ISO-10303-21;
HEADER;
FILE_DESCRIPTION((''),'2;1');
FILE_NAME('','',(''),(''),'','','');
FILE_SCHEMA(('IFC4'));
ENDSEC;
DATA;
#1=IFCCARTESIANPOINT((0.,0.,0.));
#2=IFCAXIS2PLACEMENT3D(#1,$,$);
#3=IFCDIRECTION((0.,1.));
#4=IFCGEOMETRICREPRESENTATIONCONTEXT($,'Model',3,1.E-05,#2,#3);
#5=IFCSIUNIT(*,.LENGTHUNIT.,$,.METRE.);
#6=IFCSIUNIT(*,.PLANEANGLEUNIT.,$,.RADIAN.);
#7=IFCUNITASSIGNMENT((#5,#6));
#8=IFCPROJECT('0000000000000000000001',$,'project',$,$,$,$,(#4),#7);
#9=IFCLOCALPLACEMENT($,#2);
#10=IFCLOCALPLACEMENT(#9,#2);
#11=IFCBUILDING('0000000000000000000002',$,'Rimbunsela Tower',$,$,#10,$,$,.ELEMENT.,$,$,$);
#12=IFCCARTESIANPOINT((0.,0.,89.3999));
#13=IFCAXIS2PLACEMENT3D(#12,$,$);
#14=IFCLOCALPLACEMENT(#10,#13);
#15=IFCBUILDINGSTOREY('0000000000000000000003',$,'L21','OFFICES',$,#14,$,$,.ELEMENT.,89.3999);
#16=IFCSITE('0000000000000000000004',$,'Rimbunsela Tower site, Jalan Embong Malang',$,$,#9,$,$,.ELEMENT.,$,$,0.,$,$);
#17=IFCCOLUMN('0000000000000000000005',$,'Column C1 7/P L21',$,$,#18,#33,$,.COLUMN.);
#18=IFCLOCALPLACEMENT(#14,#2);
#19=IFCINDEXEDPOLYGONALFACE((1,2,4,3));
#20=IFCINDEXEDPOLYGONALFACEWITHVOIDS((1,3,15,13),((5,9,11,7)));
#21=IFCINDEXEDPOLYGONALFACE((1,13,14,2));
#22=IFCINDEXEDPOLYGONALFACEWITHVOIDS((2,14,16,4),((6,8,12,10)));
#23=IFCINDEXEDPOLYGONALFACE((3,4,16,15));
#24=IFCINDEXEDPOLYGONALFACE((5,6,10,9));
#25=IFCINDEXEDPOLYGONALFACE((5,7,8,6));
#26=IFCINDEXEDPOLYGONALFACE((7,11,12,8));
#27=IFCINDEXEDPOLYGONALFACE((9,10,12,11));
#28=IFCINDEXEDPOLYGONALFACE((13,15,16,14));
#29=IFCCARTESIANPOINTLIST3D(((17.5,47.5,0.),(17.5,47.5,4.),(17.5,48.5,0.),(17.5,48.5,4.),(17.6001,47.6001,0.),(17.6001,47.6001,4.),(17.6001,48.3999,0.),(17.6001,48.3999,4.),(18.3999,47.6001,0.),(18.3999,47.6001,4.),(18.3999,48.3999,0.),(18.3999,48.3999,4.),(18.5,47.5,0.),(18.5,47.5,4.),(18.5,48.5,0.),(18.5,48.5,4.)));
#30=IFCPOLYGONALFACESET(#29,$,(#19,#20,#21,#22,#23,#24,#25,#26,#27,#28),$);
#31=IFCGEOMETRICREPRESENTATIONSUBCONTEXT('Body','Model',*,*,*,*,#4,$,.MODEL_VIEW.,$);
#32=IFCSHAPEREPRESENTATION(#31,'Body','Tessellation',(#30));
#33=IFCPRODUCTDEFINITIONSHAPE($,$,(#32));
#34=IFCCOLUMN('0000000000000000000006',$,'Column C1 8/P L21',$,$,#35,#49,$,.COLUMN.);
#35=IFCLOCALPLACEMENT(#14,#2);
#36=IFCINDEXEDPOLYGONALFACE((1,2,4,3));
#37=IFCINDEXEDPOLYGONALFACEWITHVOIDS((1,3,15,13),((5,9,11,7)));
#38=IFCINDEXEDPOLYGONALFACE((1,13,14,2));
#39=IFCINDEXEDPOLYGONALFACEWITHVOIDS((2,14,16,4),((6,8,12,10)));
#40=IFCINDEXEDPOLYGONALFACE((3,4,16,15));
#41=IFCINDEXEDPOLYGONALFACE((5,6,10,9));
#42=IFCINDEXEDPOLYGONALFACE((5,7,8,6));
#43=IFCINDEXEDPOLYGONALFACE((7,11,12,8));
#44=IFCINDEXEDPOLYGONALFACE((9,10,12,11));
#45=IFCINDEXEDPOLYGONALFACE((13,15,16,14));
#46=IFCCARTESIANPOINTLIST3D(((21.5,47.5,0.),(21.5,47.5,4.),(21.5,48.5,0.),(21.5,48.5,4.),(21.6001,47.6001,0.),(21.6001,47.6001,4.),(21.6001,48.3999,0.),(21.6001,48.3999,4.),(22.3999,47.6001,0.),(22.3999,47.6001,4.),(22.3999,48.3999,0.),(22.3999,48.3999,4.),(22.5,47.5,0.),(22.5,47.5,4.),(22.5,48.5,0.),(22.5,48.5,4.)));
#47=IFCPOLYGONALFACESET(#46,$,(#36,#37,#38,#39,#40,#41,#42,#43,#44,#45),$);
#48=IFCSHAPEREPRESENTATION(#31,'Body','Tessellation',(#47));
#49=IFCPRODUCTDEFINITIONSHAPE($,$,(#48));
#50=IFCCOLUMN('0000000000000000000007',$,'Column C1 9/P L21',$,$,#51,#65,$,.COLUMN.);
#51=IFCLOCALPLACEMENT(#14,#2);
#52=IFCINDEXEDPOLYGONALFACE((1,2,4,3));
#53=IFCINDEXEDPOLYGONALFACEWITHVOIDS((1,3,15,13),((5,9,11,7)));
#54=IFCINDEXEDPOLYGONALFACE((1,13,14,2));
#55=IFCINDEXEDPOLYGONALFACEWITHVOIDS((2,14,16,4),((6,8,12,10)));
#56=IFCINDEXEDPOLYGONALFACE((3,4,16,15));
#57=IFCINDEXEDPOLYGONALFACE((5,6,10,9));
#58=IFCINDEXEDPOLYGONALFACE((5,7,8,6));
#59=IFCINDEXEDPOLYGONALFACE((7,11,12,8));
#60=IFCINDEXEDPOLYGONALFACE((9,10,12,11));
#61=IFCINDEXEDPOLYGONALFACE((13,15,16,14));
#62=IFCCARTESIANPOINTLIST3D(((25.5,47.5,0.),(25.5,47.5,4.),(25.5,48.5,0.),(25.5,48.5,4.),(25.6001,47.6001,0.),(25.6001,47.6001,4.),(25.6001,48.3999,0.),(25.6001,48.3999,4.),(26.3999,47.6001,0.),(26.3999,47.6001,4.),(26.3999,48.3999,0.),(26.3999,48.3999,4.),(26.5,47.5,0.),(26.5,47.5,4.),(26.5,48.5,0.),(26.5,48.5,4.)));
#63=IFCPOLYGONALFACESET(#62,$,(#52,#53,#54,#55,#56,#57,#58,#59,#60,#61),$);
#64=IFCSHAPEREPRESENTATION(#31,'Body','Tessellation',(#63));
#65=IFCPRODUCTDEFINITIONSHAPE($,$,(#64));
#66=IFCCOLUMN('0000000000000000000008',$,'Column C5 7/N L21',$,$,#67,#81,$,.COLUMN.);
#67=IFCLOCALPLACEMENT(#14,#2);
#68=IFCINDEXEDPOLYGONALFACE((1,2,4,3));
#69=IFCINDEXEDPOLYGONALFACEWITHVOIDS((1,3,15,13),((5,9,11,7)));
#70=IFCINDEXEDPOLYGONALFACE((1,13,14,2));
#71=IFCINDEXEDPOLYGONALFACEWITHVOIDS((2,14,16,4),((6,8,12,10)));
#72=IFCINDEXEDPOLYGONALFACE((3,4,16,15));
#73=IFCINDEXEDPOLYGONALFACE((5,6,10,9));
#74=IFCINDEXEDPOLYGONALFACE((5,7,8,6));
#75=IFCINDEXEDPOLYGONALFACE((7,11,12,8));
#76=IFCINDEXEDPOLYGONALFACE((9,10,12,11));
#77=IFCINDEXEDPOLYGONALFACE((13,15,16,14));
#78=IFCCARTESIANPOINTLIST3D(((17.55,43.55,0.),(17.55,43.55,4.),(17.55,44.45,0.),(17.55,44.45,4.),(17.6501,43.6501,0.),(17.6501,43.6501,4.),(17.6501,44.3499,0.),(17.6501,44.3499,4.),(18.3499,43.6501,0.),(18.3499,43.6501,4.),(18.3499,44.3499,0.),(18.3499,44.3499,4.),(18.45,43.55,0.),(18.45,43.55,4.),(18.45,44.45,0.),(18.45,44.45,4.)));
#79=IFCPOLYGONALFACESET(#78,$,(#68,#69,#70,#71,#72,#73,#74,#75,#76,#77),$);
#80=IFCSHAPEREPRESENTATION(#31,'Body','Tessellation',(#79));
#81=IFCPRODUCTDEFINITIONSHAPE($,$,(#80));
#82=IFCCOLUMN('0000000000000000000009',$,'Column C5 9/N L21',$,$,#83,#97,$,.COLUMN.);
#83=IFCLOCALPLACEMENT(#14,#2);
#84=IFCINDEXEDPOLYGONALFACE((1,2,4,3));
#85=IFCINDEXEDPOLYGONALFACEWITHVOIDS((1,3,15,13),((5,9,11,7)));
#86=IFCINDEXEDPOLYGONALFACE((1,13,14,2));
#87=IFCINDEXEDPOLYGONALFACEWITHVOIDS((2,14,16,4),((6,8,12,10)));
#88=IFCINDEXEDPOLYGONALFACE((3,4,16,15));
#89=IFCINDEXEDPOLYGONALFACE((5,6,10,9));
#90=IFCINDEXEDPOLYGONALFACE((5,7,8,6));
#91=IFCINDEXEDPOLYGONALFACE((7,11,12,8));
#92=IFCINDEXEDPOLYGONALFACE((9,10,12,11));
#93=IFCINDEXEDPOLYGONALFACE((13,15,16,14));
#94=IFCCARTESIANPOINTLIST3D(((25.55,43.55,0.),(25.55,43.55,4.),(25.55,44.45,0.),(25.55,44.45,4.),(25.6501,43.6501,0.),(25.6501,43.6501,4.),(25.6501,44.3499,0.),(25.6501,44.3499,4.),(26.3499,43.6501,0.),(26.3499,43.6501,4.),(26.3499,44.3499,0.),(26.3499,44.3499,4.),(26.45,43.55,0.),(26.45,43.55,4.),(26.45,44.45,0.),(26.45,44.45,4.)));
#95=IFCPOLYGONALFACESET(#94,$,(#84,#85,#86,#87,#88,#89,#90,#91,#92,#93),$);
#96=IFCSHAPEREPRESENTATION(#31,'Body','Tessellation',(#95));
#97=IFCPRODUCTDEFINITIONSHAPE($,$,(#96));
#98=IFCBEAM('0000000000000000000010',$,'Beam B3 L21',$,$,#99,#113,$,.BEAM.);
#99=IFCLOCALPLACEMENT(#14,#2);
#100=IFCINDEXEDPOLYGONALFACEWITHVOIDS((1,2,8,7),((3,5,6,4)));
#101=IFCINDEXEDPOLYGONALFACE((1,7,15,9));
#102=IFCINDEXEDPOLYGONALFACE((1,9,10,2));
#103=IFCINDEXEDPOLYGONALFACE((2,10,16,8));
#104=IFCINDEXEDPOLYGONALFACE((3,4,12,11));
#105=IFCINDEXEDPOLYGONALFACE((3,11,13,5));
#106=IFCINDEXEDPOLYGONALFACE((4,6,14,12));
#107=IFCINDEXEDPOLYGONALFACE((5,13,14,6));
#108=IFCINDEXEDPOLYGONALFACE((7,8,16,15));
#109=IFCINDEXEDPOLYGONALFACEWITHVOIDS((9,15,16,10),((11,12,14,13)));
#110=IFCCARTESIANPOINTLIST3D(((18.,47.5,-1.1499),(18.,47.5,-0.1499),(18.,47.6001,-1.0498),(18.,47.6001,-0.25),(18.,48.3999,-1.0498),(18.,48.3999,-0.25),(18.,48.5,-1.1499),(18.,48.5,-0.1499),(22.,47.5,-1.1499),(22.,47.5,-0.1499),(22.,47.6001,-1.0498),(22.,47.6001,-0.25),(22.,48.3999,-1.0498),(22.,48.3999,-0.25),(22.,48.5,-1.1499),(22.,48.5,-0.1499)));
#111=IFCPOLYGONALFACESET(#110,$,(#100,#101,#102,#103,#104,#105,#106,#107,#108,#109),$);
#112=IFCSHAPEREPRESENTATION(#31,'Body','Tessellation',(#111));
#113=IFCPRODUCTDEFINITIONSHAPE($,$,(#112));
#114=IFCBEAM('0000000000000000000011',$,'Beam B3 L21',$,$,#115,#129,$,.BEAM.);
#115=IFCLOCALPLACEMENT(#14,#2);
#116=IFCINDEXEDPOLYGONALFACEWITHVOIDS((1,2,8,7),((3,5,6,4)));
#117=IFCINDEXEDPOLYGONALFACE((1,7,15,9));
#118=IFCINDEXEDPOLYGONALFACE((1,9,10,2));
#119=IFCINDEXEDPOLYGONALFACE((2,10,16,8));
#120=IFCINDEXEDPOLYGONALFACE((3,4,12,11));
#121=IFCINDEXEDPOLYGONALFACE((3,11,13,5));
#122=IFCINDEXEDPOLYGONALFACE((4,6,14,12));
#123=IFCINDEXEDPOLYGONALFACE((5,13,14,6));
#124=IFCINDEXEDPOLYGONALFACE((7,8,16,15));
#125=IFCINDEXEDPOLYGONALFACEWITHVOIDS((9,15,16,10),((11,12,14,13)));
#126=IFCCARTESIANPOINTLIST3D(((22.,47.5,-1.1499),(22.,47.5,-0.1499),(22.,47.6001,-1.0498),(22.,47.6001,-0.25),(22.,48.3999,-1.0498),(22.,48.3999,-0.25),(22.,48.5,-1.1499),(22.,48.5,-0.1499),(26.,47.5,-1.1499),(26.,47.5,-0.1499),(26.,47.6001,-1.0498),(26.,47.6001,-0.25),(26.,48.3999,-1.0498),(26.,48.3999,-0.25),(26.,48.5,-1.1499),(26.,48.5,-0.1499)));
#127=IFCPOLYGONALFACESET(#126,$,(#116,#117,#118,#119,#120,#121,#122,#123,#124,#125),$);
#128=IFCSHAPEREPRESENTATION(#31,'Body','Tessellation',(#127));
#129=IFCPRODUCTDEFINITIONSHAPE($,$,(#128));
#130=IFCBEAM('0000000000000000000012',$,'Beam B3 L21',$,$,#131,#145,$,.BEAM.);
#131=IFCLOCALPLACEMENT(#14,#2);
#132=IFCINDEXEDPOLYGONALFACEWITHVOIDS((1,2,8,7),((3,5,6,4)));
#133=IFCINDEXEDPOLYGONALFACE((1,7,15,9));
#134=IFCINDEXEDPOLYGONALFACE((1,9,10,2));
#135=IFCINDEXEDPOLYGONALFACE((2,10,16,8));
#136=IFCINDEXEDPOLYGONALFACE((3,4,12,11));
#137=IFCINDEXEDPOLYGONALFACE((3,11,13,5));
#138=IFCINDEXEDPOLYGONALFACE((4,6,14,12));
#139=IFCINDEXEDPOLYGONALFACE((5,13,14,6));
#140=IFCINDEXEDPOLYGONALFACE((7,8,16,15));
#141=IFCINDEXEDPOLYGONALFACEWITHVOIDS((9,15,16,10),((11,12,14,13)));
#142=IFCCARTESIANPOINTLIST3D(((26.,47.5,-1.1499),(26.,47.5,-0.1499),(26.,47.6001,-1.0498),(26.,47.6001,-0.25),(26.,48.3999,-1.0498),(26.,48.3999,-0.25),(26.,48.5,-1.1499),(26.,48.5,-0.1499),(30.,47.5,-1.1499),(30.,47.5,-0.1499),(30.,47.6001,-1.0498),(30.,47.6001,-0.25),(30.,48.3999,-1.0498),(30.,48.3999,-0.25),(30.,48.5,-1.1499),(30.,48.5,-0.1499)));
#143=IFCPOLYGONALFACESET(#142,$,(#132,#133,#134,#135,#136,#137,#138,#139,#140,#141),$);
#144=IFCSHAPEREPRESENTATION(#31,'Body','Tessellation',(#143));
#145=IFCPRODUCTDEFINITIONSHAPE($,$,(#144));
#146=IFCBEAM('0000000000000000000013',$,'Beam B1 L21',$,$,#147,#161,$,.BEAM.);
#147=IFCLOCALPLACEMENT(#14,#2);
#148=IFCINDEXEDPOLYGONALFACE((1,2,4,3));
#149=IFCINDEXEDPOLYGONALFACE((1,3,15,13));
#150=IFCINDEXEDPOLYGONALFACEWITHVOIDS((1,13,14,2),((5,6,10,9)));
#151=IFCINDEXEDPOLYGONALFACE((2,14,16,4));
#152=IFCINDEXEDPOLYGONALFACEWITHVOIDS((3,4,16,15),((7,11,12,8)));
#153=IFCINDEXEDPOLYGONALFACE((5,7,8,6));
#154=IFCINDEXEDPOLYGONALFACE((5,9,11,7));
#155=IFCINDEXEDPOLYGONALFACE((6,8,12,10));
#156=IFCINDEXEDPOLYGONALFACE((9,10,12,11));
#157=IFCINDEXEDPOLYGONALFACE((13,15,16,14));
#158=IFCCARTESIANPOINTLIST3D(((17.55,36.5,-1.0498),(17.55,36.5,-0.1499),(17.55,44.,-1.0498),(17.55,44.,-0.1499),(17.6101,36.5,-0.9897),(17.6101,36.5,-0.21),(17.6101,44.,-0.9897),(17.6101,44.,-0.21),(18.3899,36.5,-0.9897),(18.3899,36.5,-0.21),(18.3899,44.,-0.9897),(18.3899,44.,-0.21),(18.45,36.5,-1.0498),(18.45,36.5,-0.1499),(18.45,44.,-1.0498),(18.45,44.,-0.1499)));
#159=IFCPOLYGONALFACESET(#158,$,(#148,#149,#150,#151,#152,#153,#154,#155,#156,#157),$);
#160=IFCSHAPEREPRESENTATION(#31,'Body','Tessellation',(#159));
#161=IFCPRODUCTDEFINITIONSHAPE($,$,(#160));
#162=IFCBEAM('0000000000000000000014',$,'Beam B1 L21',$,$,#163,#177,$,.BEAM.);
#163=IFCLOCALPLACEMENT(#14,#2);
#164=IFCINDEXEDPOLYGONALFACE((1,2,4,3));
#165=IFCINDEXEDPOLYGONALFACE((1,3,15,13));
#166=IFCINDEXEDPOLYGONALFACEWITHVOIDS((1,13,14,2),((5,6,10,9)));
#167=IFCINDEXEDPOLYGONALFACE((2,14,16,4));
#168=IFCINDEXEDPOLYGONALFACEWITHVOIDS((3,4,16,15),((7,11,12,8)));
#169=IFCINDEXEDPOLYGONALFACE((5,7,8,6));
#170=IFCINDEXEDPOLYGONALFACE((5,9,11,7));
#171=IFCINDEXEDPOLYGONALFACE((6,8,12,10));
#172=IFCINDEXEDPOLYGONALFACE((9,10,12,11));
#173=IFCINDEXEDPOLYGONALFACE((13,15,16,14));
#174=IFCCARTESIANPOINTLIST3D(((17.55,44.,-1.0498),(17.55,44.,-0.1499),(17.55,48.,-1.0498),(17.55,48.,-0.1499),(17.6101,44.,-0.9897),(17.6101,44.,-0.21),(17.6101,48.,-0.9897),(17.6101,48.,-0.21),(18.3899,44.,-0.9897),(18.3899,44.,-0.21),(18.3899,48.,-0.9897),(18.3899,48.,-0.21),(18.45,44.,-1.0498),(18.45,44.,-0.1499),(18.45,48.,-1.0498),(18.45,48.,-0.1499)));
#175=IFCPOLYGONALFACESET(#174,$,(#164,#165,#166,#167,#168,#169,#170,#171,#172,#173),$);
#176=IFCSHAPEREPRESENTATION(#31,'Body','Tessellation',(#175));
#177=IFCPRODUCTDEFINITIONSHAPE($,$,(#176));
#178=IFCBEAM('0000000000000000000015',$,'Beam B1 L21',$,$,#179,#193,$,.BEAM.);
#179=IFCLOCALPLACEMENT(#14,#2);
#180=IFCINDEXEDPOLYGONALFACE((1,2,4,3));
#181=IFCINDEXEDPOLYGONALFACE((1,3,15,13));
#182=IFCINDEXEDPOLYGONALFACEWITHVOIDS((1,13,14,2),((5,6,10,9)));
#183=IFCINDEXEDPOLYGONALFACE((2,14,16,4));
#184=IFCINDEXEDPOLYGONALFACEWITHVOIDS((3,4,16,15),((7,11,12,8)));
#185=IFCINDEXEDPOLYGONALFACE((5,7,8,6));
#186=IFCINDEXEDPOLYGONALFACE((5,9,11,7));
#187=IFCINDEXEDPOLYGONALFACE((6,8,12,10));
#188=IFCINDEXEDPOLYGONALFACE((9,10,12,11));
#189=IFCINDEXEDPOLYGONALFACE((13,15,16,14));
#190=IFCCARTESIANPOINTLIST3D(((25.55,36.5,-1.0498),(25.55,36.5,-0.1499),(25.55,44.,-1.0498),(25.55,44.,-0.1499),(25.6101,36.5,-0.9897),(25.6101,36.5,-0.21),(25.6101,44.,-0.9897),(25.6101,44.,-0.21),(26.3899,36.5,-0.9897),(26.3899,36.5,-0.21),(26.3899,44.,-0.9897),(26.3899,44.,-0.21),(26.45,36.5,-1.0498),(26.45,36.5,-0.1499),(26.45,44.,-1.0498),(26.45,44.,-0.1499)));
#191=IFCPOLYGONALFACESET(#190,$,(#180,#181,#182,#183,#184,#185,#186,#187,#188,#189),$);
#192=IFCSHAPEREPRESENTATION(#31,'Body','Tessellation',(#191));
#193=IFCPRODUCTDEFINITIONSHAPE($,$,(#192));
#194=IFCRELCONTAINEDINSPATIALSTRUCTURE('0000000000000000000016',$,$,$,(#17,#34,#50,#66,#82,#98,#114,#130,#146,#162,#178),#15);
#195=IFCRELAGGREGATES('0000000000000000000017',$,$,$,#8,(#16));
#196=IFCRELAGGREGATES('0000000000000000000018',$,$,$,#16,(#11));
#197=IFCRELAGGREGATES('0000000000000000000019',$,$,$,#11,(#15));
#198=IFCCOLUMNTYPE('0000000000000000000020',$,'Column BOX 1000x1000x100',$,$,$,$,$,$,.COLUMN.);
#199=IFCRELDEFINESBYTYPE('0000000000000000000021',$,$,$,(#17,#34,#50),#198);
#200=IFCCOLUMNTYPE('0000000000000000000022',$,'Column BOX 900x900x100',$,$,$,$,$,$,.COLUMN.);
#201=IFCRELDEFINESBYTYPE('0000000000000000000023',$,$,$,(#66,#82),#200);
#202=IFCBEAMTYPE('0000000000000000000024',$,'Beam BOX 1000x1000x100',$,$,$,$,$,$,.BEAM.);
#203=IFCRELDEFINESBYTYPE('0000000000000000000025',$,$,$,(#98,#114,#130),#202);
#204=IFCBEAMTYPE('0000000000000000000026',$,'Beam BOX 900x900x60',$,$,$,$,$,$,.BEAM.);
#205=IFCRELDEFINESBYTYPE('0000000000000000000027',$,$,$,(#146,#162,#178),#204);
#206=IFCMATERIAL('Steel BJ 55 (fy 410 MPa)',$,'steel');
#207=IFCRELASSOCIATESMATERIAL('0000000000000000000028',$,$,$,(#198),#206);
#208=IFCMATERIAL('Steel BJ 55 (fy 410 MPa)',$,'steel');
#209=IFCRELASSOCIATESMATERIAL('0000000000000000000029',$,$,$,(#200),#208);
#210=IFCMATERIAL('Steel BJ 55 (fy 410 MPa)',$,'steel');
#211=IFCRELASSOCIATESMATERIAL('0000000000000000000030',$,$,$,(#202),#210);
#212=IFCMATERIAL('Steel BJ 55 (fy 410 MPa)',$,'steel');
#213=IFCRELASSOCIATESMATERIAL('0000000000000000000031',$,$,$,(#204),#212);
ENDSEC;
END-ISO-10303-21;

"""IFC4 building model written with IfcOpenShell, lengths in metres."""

from ifc_helpers import new_model, si_unit, direction, frame, origin, origin_2d, place, context, subcontext, project, spatial, hollow_rectangle, extrude, material, material_profile, profile_set, type_object, element, save


model = new_model("IFC4")

# Units and contexts
model_context = context("Model", 3, precision=1e-05, world=origin(), true_north=direction((0.0, 1.0)))
body_context = subcontext(model_context, "Body", "Model", "MODEL_VIEW")
ifc_project = project(units=[si_unit("LENGTHUNIT", "METRE"), si_unit("PLANEANGLEUNIT", "RADIAN")], contexts=[model_context])

# Site, building, storey
site_placement = place(None, origin())
site = spatial("IfcSite", under=ifc_project, at=site_placement, Name="Rimbunsela Tower site, Jalan Embong Malang", CompositionType="ELEMENT", RefElevation=0.0)
building_placement = place(site_placement, origin())
building = spatial("IfcBuilding", under=site, at=building_placement, Name="Rimbunsela Tower", CompositionType="ELEMENT")
storey_placement = place(building_placement, frame((0.0, 0.0, 89.3999)))
storey = spatial("IfcBuildingStorey", under=building, at=storey_placement, Name="L21", Description="OFFICES", CompositionType="ELEMENT", Elevation=89.3999)

# Columns
ifc_material_1 = material(Name="Steel BJ 55 (fy 410 MPa)", Category="steel")
ifc_material_profile_1 = material_profile(ifc_material_1, hollow_rectangle(XDim=1.0, YDim=1.0, WallThickness=0.1001, at=origin_2d()), Name="BOX 1000x1000x100")
ifc_profile_set_1 = profile_set([ifc_material_profile_1], Name="Steel BJ 55 (fy 410 MPa)")
column_type_1 = type_object("IfcColumnType", Name="Column BOX 1000x1000x100", PredefinedType="COLUMN", material=ifc_profile_set_1)
for number, where, z_axis, x_axis, name in (
    (1, (18.0, 48.0, 0.0), (0.0, 0.0, 1.0), (1.0, 0.0, 0.0), "Column C1 7/P L21"),
    (2, (22.0, 48.0, 0.0), (0.0, 0.0, 1.0), (1.0, 0.0, 0.0), "Column C1 8/P L21"),
    (3, (26.0, 48.0, 0.0), (0.0, 0.0, 1.0), (1.0, 0.0, 0.0), "Column C1 9/P L21"),
):
    element("IfcColumn", number, at=place(storey_placement, frame(where, z_axis=z_axis, x_axis=x_axis)), inside=storey, type_object=column_type_1, Name=name, PredefinedType="COLUMN", context=body_context, shape_type="SweptSolid", body=[
        extrude(hollow_rectangle(XDim=1.0, YDim=1.0, WallThickness=0.1001, at=origin_2d()), origin(), (0.0, 0.0, 1.0), 4.0),
    ])
ifc_material_2 = material(Name="Steel BJ 55 (fy 410 MPa)", Category="steel")
ifc_material_profile_2 = material_profile(ifc_material_2, hollow_rectangle(XDim=0.8999, YDim=0.8999, WallThickness=0.1001, at=origin_2d()), Name="BOX 900x900x100")
ifc_profile_set_2 = profile_set([ifc_material_profile_2], Name="Steel BJ 55 (fy 410 MPa)")
column_type_2 = type_object("IfcColumnType", Name="Column BOX 900x900x100", PredefinedType="COLUMN", material=ifc_profile_set_2)
for number, where, z_axis, x_axis, name in (
    (4, (18.0, 44.0, 0.0), (0.0, 0.0, 1.0), (1.0, 0.0, 0.0), "Column C5 7/N L21"),
    (5, (26.0, 44.0, 0.0), (0.0, 0.0, 1.0), (1.0, 0.0, 0.0), "Column C5 9/N L21"),
):
    element("IfcColumn", number, at=place(storey_placement, frame(where, z_axis=z_axis, x_axis=x_axis)), inside=storey, type_object=column_type_2, Name=name, PredefinedType="COLUMN", context=body_context, shape_type="SweptSolid", body=[
        extrude(hollow_rectangle(XDim=0.8999, YDim=0.8999, WallThickness=0.1001, at=origin_2d()), origin(), (0.0, 0.0, 1.0), 4.0),
    ])

# Beams
ifc_material_3 = material(Name="Steel BJ 55 (fy 410 MPa)", Category="steel")
ifc_material_profile_3 = material_profile(ifc_material_3, hollow_rectangle(XDim=1.0, YDim=1.0, WallThickness=0.1001, at=origin_2d()), Name="BOX 1000x1000x100")
ifc_profile_set_3 = profile_set([ifc_material_profile_3], Name="Steel BJ 55 (fy 410 MPa)")
beam_type_1 = type_object("IfcBeamType", Name="Beam BOX 1000x1000x100", PredefinedType="BEAM", material=ifc_profile_set_3)
for number, where, z_axis, x_axis, name in (
    (6, (18.0, 48.0, -0.6499), (1.0, 0.0, 0.0), (0.0, 1.0, 0.0), "Beam B3 L21"),
    (7, (22.0, 48.0, -0.6499), (1.0, 0.0, 0.0), (0.0, 1.0, 0.0), "Beam B3 L21"),
    (8, (26.0, 48.0, -0.6499), (1.0, 0.0, 0.0), (0.0, 1.0, 0.0), "Beam B3 L21"),
):
    element("IfcBeam", number, at=place(storey_placement, frame(where, z_axis=z_axis, x_axis=x_axis)), inside=storey, type_object=beam_type_1, Name=name, PredefinedType="BEAM", context=body_context, shape_type="SweptSolid", body=[
        extrude(hollow_rectangle(XDim=1.0, YDim=1.0, WallThickness=0.1001, at=origin_2d()), origin(), (0.0, 0.0, 1.0), 4.0),
    ])
ifc_material_4 = material(Name="Steel BJ 55 (fy 410 MPa)", Category="steel")
ifc_material_profile_4 = material_profile(ifc_material_4, hollow_rectangle(XDim=0.8999, YDim=0.8999, WallThickness=0.0601, at=origin_2d()), Name="BOX 900x900x60")
ifc_profile_set_4 = profile_set([ifc_material_profile_4], Name="Steel BJ 55 (fy 410 MPa)")
beam_type_2 = type_object("IfcBeamType", Name="Beam BOX 900x900x60", PredefinedType="BEAM", material=ifc_profile_set_4)
beam_1_placement = place(storey_placement, frame((18.0, 36.5, -0.5999), z_axis=(0.0, 1.0, 0.0), x_axis=(-1.0, 0.0, 0.0)))
element("IfcBeam", 9, at=beam_1_placement, inside=storey, type_object=beam_type_2, Name="Beam B1 L21", PredefinedType="BEAM", context=body_context, shape_type="SweptSolid", body=[
    extrude(hollow_rectangle(XDim=0.8999, YDim=0.8999, WallThickness=0.0601, at=origin_2d()), origin(), (0.0, 0.0, 1.0), 7.5),
])
beam_2_placement = place(storey_placement, frame((18.0, 44.0, -0.5999), z_axis=(0.0, 1.0, 0.0), x_axis=(-1.0, 0.0, 0.0)))
element("IfcBeam", 10, at=beam_2_placement, inside=storey, type_object=beam_type_2, Name="Beam B1 L21", PredefinedType="BEAM", context=body_context, shape_type="SweptSolid", body=[
    extrude(hollow_rectangle(XDim=0.8999, YDim=0.8999, WallThickness=0.0601, at=origin_2d()), origin(), (0.0, 0.0, 1.0), 4.0),
])
beam_3_placement = place(storey_placement, frame((26.0, 36.5, -0.5999), z_axis=(0.0, 1.0, 0.0), x_axis=(-1.0, 0.0, 0.0)))
element("IfcBeam", 11, at=beam_3_placement, inside=storey, type_object=beam_type_2, Name="Beam B1 L21", PredefinedType="BEAM", context=body_context, shape_type="SweptSolid", body=[
    extrude(hollow_rectangle(XDim=0.8999, YDim=0.8999, WallThickness=0.0601, at=origin_2d()), origin(), (0.0, 0.0, 1.0), 7.5),
])

save(model, "model.ifc")
